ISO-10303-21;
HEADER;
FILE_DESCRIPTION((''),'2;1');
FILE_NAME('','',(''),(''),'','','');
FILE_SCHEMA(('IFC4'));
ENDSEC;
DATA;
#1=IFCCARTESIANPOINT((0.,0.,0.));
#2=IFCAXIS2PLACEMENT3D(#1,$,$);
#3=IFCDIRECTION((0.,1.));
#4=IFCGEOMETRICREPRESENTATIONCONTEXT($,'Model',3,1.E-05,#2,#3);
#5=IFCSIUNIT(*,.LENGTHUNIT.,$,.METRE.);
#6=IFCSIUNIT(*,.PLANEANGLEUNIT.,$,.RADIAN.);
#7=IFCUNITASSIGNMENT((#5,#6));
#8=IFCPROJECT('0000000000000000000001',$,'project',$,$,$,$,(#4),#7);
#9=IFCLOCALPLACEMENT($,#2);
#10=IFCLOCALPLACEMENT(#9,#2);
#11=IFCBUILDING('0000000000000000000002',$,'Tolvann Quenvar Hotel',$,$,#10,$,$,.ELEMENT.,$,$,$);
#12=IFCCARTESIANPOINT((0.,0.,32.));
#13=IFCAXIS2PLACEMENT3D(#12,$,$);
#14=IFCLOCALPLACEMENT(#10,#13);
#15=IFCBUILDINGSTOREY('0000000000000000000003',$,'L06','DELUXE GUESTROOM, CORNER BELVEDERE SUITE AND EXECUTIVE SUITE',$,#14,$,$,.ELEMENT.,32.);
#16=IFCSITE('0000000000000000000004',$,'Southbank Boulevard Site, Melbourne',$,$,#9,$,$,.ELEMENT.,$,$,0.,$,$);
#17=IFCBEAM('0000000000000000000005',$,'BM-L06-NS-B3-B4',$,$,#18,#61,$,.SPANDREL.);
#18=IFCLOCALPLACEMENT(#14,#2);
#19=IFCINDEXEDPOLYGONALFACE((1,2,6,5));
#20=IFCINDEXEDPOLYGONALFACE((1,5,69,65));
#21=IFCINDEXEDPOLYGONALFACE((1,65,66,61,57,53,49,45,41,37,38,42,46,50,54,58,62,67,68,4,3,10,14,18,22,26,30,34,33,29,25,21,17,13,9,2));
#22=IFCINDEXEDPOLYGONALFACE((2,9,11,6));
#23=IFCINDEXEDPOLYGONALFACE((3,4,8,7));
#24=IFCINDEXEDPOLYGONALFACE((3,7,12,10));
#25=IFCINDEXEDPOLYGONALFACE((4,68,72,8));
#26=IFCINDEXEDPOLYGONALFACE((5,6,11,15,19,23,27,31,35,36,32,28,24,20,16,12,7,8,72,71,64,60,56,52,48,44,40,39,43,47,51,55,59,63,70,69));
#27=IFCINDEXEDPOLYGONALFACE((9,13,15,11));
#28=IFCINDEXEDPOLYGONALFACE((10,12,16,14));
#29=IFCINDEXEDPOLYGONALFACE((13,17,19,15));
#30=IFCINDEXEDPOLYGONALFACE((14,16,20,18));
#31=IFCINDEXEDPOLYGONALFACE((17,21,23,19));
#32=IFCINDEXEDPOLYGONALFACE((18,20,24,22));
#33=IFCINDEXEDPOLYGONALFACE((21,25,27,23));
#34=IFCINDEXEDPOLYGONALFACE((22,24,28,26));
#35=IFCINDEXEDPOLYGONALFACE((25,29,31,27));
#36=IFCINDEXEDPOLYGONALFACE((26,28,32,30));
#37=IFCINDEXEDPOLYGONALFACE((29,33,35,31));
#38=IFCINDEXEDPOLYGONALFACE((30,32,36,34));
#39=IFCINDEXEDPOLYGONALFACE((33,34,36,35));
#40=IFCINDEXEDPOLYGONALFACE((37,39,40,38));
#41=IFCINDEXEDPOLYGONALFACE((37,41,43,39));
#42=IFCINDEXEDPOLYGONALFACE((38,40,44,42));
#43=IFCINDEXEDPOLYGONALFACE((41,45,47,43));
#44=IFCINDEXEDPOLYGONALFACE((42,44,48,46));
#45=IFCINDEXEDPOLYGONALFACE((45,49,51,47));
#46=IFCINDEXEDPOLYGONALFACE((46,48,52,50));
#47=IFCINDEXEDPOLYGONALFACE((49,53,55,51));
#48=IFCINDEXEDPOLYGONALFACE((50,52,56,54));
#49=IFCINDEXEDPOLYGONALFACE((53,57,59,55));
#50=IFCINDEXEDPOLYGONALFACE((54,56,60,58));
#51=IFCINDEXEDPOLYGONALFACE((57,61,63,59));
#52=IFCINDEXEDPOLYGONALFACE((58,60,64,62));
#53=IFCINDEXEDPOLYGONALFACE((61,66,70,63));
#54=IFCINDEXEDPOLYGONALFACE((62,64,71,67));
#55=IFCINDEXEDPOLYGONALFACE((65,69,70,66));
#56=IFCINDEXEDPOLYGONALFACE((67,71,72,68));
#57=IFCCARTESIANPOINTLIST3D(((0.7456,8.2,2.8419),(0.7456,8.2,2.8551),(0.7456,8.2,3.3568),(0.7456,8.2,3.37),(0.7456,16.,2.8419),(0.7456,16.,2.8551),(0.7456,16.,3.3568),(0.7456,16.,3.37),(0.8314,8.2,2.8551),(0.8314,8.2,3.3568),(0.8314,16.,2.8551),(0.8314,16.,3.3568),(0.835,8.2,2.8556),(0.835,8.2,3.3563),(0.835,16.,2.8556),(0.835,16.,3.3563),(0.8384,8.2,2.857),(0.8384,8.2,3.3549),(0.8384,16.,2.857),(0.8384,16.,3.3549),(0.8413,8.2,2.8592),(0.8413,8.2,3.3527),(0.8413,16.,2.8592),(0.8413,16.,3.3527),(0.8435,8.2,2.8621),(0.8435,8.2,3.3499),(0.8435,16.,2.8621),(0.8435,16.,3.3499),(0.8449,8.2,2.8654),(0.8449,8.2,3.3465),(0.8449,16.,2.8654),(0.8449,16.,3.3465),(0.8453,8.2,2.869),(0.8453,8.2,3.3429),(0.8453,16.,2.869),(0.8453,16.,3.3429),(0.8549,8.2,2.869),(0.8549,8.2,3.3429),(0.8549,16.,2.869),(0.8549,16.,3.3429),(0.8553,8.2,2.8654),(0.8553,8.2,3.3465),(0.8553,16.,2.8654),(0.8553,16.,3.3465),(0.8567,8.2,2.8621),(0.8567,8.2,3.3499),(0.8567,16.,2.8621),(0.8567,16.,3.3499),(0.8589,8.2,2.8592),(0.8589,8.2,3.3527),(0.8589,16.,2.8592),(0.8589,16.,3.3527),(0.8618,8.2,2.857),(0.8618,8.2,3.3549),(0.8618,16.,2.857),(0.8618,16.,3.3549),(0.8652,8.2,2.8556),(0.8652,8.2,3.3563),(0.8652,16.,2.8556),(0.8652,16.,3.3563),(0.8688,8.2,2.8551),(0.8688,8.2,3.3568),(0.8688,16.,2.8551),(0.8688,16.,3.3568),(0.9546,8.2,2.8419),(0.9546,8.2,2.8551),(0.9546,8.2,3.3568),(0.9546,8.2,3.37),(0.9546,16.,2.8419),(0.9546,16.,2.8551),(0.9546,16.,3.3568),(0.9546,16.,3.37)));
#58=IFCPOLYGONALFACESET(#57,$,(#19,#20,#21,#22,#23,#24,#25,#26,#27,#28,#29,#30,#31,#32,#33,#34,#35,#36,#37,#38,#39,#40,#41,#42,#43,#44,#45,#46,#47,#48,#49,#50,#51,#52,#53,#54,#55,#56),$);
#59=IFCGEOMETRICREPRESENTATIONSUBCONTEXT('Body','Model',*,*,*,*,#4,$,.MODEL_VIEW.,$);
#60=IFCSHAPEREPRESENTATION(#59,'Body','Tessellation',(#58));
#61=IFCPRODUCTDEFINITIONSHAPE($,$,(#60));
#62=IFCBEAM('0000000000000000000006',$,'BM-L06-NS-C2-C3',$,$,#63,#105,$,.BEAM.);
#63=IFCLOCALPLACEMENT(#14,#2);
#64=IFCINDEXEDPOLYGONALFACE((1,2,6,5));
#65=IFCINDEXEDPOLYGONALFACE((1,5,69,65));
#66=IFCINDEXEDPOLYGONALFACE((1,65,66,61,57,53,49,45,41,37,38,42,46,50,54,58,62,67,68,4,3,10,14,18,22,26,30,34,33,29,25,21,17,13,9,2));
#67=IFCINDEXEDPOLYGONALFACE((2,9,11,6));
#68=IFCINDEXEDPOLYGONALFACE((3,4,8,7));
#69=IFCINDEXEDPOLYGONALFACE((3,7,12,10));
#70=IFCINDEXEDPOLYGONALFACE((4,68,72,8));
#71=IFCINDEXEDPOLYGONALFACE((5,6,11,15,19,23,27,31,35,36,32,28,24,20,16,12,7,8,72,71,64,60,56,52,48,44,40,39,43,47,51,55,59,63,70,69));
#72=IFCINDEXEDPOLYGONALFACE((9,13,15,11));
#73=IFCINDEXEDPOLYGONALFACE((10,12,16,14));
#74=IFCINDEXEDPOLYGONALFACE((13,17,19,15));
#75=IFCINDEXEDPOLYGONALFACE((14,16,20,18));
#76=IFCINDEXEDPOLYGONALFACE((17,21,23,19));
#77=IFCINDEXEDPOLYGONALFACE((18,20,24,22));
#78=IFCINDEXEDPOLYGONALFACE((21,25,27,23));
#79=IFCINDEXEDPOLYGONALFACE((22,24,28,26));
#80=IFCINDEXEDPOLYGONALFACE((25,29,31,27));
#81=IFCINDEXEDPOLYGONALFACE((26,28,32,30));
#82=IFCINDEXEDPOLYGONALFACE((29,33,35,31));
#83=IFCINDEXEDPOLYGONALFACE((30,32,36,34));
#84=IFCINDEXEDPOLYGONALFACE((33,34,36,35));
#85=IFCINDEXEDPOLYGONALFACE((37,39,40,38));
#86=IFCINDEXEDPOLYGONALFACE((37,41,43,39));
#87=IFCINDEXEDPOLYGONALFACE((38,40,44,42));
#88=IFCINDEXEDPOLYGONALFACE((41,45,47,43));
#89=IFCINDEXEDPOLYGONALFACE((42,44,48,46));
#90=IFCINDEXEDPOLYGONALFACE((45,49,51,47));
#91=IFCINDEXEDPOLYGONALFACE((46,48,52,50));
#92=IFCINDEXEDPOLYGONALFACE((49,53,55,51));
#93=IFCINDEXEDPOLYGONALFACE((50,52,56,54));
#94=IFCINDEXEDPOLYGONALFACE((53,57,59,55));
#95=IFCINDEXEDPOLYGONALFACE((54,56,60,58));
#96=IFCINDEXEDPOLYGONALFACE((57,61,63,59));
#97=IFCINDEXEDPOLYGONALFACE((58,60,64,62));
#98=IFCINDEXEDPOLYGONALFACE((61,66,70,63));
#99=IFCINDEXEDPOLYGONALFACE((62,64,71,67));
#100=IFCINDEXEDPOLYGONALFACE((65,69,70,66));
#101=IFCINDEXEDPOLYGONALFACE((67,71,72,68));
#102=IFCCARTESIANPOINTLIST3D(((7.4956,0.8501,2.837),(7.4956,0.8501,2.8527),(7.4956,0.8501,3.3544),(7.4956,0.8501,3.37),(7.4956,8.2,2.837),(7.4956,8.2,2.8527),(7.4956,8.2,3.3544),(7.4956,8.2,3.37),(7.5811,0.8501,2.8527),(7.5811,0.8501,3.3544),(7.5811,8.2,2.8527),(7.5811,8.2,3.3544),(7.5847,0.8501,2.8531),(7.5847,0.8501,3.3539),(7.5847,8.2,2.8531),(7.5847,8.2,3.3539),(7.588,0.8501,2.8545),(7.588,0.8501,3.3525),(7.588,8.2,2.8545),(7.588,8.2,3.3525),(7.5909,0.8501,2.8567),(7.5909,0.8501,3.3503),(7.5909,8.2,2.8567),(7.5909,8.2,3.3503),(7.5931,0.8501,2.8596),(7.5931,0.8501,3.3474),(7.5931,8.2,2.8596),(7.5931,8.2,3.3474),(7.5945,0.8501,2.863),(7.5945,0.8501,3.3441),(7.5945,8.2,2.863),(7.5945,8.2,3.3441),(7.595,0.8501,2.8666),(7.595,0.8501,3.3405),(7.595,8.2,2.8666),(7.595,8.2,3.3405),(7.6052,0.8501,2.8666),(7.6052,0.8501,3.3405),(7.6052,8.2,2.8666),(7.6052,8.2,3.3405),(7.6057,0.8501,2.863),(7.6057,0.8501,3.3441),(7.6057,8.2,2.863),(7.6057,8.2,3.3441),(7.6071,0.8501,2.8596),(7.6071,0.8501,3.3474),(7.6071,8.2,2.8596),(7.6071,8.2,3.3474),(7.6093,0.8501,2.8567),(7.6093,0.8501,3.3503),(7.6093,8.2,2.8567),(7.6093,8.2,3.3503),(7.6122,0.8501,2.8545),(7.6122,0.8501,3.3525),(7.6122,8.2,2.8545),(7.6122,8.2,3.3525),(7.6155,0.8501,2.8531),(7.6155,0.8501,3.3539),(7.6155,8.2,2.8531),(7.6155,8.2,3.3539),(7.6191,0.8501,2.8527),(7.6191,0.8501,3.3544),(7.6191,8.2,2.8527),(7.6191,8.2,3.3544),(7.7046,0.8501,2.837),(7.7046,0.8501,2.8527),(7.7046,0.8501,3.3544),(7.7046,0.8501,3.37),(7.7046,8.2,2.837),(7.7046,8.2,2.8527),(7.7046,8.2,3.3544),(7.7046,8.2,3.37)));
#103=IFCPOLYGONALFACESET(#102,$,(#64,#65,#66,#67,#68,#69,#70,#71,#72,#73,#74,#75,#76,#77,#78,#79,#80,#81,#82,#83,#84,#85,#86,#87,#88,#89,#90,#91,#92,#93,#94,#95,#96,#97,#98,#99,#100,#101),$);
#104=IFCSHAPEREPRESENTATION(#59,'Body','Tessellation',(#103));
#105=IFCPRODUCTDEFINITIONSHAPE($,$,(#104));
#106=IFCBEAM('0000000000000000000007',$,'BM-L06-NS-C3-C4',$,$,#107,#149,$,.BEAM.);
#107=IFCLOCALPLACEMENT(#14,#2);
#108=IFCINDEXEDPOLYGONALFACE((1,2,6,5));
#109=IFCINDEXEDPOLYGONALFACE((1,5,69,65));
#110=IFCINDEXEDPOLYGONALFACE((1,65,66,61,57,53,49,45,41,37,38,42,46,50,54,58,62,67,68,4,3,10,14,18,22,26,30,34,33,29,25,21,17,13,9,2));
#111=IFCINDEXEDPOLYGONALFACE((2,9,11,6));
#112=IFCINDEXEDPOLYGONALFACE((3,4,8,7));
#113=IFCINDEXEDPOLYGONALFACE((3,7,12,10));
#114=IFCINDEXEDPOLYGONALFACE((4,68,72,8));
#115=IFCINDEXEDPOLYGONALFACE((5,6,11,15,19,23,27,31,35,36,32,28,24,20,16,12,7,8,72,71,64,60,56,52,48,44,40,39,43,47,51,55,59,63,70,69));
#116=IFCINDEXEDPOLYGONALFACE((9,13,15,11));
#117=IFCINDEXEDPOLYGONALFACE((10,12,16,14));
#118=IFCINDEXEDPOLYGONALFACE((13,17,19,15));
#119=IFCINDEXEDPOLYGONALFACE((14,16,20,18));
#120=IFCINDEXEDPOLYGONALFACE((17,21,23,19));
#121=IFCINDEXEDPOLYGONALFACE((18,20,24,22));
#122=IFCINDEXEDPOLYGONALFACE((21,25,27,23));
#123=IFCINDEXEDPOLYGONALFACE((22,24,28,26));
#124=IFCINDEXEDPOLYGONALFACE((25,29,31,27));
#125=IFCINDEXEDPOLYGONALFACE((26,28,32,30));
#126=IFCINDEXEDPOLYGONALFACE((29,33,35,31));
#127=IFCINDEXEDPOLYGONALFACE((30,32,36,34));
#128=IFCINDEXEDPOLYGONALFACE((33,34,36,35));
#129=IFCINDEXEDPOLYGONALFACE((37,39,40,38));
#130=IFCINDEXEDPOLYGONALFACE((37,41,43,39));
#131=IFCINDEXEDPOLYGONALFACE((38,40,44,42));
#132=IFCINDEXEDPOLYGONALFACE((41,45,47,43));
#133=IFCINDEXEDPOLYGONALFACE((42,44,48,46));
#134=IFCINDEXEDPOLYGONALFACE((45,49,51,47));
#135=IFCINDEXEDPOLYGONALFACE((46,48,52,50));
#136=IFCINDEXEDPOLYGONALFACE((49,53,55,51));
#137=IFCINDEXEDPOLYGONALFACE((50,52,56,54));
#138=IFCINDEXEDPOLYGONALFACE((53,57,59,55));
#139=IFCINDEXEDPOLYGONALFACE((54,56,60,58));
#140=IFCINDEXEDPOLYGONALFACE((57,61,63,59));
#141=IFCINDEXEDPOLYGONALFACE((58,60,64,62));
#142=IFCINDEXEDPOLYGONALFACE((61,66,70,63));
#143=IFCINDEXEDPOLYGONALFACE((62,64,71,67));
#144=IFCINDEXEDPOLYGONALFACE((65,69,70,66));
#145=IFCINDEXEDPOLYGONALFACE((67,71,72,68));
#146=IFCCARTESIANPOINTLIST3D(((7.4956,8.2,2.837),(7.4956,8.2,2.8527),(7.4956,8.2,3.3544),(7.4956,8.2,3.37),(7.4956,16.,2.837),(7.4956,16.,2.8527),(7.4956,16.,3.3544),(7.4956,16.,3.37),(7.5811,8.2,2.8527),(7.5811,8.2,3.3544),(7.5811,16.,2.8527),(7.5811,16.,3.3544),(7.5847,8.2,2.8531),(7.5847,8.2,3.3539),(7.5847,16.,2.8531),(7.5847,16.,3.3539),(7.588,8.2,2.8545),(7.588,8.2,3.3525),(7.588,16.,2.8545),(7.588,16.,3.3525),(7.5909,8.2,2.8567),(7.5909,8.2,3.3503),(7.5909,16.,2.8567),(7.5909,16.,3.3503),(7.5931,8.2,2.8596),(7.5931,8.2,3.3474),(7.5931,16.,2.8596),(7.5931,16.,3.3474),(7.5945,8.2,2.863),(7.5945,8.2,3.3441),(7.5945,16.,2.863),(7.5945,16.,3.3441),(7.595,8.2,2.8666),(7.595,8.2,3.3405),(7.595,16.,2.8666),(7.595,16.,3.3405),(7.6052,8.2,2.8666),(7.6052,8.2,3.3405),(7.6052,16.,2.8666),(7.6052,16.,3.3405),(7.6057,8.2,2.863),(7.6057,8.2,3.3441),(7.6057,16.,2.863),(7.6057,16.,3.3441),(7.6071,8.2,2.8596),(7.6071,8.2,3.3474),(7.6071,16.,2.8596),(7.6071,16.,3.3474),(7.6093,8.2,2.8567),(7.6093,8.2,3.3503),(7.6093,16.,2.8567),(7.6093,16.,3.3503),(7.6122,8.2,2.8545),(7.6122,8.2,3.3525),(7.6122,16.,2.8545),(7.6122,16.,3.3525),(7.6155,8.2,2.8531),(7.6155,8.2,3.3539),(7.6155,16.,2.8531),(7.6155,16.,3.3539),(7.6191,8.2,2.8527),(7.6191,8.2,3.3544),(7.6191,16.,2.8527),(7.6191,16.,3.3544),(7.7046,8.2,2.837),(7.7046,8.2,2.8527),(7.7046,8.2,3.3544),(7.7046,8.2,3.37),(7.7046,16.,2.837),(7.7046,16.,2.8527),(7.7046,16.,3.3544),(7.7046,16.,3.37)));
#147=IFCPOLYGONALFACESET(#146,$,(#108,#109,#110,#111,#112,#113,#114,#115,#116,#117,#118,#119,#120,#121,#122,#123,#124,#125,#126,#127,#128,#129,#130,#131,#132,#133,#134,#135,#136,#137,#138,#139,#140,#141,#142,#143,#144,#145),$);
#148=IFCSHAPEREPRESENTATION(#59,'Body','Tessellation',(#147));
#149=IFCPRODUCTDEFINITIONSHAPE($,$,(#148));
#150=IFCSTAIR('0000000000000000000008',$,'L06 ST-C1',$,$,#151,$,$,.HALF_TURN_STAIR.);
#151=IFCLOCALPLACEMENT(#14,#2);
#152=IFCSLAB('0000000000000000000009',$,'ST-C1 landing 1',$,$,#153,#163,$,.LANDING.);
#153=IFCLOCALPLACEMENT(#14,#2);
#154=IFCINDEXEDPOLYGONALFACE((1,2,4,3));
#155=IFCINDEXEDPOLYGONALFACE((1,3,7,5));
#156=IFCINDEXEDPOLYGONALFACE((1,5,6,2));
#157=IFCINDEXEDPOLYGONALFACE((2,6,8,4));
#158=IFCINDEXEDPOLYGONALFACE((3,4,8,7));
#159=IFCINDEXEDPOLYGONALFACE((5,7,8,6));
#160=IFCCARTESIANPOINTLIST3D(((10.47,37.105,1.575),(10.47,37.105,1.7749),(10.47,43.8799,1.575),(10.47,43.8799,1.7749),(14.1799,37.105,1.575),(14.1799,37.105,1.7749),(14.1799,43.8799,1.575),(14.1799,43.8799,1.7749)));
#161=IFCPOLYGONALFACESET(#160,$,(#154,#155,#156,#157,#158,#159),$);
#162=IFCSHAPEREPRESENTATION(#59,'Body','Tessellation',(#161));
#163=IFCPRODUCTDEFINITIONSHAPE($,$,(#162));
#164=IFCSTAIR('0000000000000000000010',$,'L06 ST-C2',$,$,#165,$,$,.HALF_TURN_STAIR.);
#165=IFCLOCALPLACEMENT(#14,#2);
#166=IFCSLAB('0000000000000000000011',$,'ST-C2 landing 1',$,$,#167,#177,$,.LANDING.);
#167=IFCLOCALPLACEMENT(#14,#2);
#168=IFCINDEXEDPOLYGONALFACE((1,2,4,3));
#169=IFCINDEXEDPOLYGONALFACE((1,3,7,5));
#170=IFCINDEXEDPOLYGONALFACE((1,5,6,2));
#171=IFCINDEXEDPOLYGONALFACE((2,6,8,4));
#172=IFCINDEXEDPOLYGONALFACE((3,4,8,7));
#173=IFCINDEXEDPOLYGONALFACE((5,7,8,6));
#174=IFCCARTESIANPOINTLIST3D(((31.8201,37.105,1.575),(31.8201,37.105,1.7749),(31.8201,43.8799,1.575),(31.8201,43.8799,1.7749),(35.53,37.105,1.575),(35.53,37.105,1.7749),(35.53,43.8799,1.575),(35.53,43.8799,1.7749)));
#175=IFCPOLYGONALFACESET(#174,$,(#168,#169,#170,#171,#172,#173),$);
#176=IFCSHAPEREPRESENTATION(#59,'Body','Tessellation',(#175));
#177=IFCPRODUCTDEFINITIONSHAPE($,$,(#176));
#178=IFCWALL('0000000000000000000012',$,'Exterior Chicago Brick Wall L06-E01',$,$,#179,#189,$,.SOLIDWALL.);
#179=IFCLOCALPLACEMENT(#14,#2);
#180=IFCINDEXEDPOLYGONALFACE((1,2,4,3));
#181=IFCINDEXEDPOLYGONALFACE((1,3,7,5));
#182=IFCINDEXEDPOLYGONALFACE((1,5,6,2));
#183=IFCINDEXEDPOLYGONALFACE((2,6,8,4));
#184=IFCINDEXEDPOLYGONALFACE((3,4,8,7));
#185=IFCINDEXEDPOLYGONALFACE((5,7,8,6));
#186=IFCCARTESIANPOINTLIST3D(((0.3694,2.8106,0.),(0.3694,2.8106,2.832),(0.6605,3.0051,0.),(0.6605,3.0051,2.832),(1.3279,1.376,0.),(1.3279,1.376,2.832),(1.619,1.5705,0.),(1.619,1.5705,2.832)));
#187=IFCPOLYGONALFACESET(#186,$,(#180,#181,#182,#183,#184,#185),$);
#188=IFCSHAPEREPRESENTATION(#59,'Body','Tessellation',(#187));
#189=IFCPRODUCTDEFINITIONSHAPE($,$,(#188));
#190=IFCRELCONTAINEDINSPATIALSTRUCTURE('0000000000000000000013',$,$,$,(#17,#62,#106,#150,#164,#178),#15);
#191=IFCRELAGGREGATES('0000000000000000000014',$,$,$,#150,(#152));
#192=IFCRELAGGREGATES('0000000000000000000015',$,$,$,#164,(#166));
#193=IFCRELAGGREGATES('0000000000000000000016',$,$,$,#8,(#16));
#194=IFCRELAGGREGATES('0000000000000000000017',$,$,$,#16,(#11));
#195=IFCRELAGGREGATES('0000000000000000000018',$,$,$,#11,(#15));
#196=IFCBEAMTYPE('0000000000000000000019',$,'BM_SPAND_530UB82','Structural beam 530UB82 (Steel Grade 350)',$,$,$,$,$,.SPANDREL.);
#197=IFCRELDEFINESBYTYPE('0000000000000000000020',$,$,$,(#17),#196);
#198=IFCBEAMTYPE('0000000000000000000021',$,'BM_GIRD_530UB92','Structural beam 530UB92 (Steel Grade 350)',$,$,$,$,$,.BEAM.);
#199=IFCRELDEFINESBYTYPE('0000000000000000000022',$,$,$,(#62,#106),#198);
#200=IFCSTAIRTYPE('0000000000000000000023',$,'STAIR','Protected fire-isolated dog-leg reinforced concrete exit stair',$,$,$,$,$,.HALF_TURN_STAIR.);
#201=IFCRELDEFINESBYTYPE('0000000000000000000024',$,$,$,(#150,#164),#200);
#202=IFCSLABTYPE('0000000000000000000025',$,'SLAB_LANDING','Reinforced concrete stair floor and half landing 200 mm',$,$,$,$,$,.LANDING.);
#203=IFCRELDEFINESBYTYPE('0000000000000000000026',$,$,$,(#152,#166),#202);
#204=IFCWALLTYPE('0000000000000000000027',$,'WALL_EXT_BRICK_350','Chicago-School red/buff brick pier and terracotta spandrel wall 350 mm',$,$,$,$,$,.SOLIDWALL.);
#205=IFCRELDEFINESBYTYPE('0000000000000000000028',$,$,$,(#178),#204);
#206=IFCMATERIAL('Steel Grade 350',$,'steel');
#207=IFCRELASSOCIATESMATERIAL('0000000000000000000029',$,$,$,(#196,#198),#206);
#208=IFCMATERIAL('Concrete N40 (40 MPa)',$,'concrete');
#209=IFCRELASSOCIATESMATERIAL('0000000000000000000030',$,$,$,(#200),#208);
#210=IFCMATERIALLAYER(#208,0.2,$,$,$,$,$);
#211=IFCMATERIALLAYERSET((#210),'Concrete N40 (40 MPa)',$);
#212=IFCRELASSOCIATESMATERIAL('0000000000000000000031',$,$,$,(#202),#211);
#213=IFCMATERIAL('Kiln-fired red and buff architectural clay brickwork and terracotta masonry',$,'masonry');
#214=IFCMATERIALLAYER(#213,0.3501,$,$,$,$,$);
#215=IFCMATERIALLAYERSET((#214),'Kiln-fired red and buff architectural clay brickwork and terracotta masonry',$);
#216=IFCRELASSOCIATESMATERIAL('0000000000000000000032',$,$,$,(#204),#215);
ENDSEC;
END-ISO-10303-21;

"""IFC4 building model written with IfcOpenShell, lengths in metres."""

from ifc_helpers import new_model, si_unit, direction, frame, frame_2d, origin, origin_2d, place, context, subcontext, project, spatial, polyline, rectangle, i_section, outline, extrude, source, transform, mapped, material, layer, layer_set, material_profile, profile_set, type_object, type_shapes, element, aggregate, save


model = new_model("IFC4")

# Units and contexts
model_context = context("Model", 3, precision=1e-05, world=origin(), true_north=direction((0.0, 1.0)))
body_context = subcontext(model_context, "Body", "Model", "MODEL_VIEW")
ifc_project = project(units=[si_unit("LENGTHUNIT", "METRE"), si_unit("PLANEANGLEUNIT", "RADIAN")], contexts=[model_context])

# Site, building, storey
site_placement = place(None, origin())
site = spatial("IfcSite", under=ifc_project, at=site_placement, Name="Southbank Boulevard Site, Melbourne", CompositionType="ELEMENT", RefElevation=0.0)
building_placement = place(site_placement, origin())
building = spatial("IfcBuilding", under=site, at=building_placement, Name="Tolvann Quenvar Hotel", CompositionType="ELEMENT")
storey_placement = place(building_placement, frame((0.0, 0.0, 32.0)))
storey = spatial("IfcBuildingStorey", under=building, at=storey_placement, Name="L06", Description="DELUXE GUESTROOM, CORNER BELVEDERE SUITE AND EXECUTIVE SUITE", CompositionType="ELEMENT", Elevation=32.0)

# Shared definitions
ifc_material_1 = material(Name="Steel Grade 350", Category="steel")

# Beams
ifc_material_profile_1 = material_profile(ifc_material_1, i_section(OverallWidth=0.209, OverallDepth=0.5281, WebThickness=0.0095, FlangeThickness=0.0132, FilletRadius=0.0139, at=origin_2d()), Name="530UB82")
ifc_profile_set_1 = profile_set([ifc_material_profile_1], Name="Steel Grade 350")
beam_type_1 = type_object("IfcBeamType", Name="BM_SPAND_530UB82", Description="Structural beam 530UB82 (Steel Grade 350)", PredefinedType="SPANDREL", material=ifc_profile_set_1)
shared_shape_1 = source(origin(), body_context, "Body", "SweptSolid", [
    extrude(i_section(OverallWidth=0.209, OverallDepth=0.5281, WebThickness=0.0095, FlangeThickness=0.0132, FilletRadius=0.0139, at=origin_2d()), origin(), (0.0, 0.0, 1.0), 7.8),
])
beam_1_placement = place(storey_placement, frame((0.8501, 8.2, 3.106), z_axis=(0.0, 1.0, 0.0), x_axis=(-1.0, 0.0, 0.0)))
element("IfcBeam", 1, at=beam_1_placement, inside=storey, type_object=beam_type_1, Name="BM-L06-NS-B3-B4", PredefinedType="SPANDREL", context=body_context, shape_type="MappedRepresentation", body=[
    mapped(shared_shape_1, transform((0.0, 0.0, 0.0), x_axis=(1.0, 0.0, 0.0), y_axis=(0.0, 1.0, 0.0), z_axis=(0.0, 0.0, 1.0), scale=1.0)),
])
ifc_material_profile_2 = material_profile(ifc_material_1, i_section(OverallWidth=0.209, OverallDepth=0.533, WebThickness=0.0103, FlangeThickness=0.0156, FilletRadius=0.0139, at=origin_2d()), Name="530UB92")
ifc_profile_set_2 = profile_set([ifc_material_profile_2], Name="Steel Grade 350")
beam_type_2 = type_object("IfcBeamType", Name="BM_GIRD_530UB92", Description="Structural beam 530UB92 (Steel Grade 350)", PredefinedType="BEAM", material=ifc_profile_set_2)
shared_shape_2 = source(origin(), body_context, "Body", "SweptSolid", [
    extrude(i_section(OverallWidth=0.209, OverallDepth=0.533, WebThickness=0.0103, FlangeThickness=0.0156, FilletRadius=0.0139, at=origin_2d()), origin(), (0.0, 0.0, 1.0), 7.3499),
])
beam_2_placement = place(storey_placement, frame((7.6001, 0.8501, 3.1035), z_axis=(0.0, 1.0, 0.0), x_axis=(-1.0, 0.0, 0.0)))
element("IfcBeam", 2, at=beam_2_placement, inside=storey, type_object=beam_type_2, Name="BM-L06-NS-C2-C3", PredefinedType="BEAM", context=body_context, shape_type="MappedRepresentation", body=[
    mapped(shared_shape_2, transform((0.0, 0.0, 0.0), x_axis=(1.0, 0.0, 0.0), y_axis=(0.0, 1.0, 0.0), z_axis=(0.0, 0.0, 1.0), scale=1.0)),
])
shared_shape_3 = source(origin(), body_context, "Body", "SweptSolid", [
    extrude(i_section(OverallWidth=0.209, OverallDepth=0.533, WebThickness=0.0103, FlangeThickness=0.0156, FilletRadius=0.0139, at=origin_2d()), origin(), (0.0, 0.0, 1.0), 7.8),
])
type_shapes(beam_type_2, [shared_shape_2, shared_shape_3])
beam_3_placement = place(storey_placement, frame((7.6001, 8.2, 3.1035), z_axis=(0.0, 1.0, 0.0), x_axis=(-1.0, 0.0, 0.0)))
element("IfcBeam", 3, at=beam_3_placement, inside=storey, type_object=beam_type_2, Name="BM-L06-NS-C3-C4", PredefinedType="BEAM", context=body_context, shape_type="MappedRepresentation", body=[
    mapped(shared_shape_3, transform((0.0, 0.0, 0.0), x_axis=(1.0, 0.0, 0.0), y_axis=(0.0, 1.0, 0.0), z_axis=(0.0, 0.0, 1.0), scale=1.0)),
])

# Stairs, slabs
ifc_material_2 = material(Name="Concrete N40 (40 MPa)", Category="concrete")
stair_type = type_object("IfcStairType", Name="STAIR", Description="Protected fire-isolated dog-leg reinforced concrete exit stair", PredefinedType="HALF_TURN_STAIR", material=ifc_material_2)
stair_1_placement = place(storey_placement, origin())
stair_1 = element("IfcStair", 4, at=stair_1_placement, inside=storey, type_object=stair_type, Name="L06 ST-C1", PredefinedType="HALF_TURN_STAIR")
ifc_layer_1 = layer(ifc_material_2, 0.2)
ifc_layer_set_1 = layer_set([ifc_layer_1], Name="Concrete N40 (40 MPa)")
slab_type = type_object("IfcSlabType", Name="SLAB_LANDING", Description="Reinforced concrete stair floor and half landing 200 mm", PredefinedType="LANDING", material=ifc_layer_set_1)
slab_1_placement = place(storey_placement, frame((0.0, 0.0, 1.575)))
slab_1 = element("IfcSlab", 5, at=slab_1_placement, type_object=slab_type, Name="ST-C1 landing 1", PredefinedType="LANDING", context=body_context, shape_type="SweptSolid", body=[
    extrude(outline(polyline([(14.1799, 37.105), (14.1799, 43.8799), (10.47, 43.8799), (10.47, 37.105), (14.1799, 37.105)])), origin(), (0.0, 0.0, 1.0), 0.2),
])
aggregate(stair_1, [slab_1])
stair_2_placement = place(storey_placement, origin())
stair_2 = element("IfcStair", 6, at=stair_2_placement, inside=storey, type_object=stair_type, Name="L06 ST-C2", PredefinedType="HALF_TURN_STAIR")
slab_2_placement = place(storey_placement, frame((0.0, 0.0, 1.575)))
slab_2 = element("IfcSlab", 7, at=slab_2_placement, type_object=slab_type, Name="ST-C2 landing 1", PredefinedType="LANDING", context=body_context, shape_type="SweptSolid", body=[
    extrude(outline(polyline([(35.53, 37.105), (35.53, 43.8799), (31.8201, 43.8799), (31.8201, 37.105), (35.53, 37.105)])), origin(), (0.0, 0.0, 1.0), 0.2),
])
aggregate(stair_2, [slab_2])

# Wall
ifc_material_3 = material(Name="Kiln-fired red and buff architectural clay brickwork and terracotta masonry", Category="masonry")
ifc_layer_2 = layer(ifc_material_3, 0.3501)
ifc_layer_set_2 = layer_set([ifc_layer_2], Name="Kiln-fired red and buff architectural clay brickwork and terracotta masonry")
wall_type_1 = type_object("IfcWallType", Name="WALL_EXT_BRICK_350", Description="Chicago-School red/buff brick pier and terracotta spandrel wall 350 mm", PredefinedType="SOLIDWALL", material=ifc_layer_set_2)
for number, where, z_axis, x_axis, name in (
    (8, (0.5149, 2.908, 0.0), (0.0, 0.0, 1.0), (0.555549, -0.831484, 0.0), "Exterior Chicago Brick Wall L06-E01"),
):
    element("IfcWall", number, at=place(storey_placement, frame(where, z_axis=z_axis, x_axis=x_axis)), inside=storey, type_object=wall_type_1, Name=name, PredefinedType="SOLIDWALL", context=body_context, shape_type="SweptSolid", body=[
        extrude(rectangle(XDim=1.7253, YDim=0.3501, at=frame_2d((0.8628, 0.0))), origin(), (0.0, 0.0, 1.0), 2.832),
    ])

save(model, "model.ifc")
